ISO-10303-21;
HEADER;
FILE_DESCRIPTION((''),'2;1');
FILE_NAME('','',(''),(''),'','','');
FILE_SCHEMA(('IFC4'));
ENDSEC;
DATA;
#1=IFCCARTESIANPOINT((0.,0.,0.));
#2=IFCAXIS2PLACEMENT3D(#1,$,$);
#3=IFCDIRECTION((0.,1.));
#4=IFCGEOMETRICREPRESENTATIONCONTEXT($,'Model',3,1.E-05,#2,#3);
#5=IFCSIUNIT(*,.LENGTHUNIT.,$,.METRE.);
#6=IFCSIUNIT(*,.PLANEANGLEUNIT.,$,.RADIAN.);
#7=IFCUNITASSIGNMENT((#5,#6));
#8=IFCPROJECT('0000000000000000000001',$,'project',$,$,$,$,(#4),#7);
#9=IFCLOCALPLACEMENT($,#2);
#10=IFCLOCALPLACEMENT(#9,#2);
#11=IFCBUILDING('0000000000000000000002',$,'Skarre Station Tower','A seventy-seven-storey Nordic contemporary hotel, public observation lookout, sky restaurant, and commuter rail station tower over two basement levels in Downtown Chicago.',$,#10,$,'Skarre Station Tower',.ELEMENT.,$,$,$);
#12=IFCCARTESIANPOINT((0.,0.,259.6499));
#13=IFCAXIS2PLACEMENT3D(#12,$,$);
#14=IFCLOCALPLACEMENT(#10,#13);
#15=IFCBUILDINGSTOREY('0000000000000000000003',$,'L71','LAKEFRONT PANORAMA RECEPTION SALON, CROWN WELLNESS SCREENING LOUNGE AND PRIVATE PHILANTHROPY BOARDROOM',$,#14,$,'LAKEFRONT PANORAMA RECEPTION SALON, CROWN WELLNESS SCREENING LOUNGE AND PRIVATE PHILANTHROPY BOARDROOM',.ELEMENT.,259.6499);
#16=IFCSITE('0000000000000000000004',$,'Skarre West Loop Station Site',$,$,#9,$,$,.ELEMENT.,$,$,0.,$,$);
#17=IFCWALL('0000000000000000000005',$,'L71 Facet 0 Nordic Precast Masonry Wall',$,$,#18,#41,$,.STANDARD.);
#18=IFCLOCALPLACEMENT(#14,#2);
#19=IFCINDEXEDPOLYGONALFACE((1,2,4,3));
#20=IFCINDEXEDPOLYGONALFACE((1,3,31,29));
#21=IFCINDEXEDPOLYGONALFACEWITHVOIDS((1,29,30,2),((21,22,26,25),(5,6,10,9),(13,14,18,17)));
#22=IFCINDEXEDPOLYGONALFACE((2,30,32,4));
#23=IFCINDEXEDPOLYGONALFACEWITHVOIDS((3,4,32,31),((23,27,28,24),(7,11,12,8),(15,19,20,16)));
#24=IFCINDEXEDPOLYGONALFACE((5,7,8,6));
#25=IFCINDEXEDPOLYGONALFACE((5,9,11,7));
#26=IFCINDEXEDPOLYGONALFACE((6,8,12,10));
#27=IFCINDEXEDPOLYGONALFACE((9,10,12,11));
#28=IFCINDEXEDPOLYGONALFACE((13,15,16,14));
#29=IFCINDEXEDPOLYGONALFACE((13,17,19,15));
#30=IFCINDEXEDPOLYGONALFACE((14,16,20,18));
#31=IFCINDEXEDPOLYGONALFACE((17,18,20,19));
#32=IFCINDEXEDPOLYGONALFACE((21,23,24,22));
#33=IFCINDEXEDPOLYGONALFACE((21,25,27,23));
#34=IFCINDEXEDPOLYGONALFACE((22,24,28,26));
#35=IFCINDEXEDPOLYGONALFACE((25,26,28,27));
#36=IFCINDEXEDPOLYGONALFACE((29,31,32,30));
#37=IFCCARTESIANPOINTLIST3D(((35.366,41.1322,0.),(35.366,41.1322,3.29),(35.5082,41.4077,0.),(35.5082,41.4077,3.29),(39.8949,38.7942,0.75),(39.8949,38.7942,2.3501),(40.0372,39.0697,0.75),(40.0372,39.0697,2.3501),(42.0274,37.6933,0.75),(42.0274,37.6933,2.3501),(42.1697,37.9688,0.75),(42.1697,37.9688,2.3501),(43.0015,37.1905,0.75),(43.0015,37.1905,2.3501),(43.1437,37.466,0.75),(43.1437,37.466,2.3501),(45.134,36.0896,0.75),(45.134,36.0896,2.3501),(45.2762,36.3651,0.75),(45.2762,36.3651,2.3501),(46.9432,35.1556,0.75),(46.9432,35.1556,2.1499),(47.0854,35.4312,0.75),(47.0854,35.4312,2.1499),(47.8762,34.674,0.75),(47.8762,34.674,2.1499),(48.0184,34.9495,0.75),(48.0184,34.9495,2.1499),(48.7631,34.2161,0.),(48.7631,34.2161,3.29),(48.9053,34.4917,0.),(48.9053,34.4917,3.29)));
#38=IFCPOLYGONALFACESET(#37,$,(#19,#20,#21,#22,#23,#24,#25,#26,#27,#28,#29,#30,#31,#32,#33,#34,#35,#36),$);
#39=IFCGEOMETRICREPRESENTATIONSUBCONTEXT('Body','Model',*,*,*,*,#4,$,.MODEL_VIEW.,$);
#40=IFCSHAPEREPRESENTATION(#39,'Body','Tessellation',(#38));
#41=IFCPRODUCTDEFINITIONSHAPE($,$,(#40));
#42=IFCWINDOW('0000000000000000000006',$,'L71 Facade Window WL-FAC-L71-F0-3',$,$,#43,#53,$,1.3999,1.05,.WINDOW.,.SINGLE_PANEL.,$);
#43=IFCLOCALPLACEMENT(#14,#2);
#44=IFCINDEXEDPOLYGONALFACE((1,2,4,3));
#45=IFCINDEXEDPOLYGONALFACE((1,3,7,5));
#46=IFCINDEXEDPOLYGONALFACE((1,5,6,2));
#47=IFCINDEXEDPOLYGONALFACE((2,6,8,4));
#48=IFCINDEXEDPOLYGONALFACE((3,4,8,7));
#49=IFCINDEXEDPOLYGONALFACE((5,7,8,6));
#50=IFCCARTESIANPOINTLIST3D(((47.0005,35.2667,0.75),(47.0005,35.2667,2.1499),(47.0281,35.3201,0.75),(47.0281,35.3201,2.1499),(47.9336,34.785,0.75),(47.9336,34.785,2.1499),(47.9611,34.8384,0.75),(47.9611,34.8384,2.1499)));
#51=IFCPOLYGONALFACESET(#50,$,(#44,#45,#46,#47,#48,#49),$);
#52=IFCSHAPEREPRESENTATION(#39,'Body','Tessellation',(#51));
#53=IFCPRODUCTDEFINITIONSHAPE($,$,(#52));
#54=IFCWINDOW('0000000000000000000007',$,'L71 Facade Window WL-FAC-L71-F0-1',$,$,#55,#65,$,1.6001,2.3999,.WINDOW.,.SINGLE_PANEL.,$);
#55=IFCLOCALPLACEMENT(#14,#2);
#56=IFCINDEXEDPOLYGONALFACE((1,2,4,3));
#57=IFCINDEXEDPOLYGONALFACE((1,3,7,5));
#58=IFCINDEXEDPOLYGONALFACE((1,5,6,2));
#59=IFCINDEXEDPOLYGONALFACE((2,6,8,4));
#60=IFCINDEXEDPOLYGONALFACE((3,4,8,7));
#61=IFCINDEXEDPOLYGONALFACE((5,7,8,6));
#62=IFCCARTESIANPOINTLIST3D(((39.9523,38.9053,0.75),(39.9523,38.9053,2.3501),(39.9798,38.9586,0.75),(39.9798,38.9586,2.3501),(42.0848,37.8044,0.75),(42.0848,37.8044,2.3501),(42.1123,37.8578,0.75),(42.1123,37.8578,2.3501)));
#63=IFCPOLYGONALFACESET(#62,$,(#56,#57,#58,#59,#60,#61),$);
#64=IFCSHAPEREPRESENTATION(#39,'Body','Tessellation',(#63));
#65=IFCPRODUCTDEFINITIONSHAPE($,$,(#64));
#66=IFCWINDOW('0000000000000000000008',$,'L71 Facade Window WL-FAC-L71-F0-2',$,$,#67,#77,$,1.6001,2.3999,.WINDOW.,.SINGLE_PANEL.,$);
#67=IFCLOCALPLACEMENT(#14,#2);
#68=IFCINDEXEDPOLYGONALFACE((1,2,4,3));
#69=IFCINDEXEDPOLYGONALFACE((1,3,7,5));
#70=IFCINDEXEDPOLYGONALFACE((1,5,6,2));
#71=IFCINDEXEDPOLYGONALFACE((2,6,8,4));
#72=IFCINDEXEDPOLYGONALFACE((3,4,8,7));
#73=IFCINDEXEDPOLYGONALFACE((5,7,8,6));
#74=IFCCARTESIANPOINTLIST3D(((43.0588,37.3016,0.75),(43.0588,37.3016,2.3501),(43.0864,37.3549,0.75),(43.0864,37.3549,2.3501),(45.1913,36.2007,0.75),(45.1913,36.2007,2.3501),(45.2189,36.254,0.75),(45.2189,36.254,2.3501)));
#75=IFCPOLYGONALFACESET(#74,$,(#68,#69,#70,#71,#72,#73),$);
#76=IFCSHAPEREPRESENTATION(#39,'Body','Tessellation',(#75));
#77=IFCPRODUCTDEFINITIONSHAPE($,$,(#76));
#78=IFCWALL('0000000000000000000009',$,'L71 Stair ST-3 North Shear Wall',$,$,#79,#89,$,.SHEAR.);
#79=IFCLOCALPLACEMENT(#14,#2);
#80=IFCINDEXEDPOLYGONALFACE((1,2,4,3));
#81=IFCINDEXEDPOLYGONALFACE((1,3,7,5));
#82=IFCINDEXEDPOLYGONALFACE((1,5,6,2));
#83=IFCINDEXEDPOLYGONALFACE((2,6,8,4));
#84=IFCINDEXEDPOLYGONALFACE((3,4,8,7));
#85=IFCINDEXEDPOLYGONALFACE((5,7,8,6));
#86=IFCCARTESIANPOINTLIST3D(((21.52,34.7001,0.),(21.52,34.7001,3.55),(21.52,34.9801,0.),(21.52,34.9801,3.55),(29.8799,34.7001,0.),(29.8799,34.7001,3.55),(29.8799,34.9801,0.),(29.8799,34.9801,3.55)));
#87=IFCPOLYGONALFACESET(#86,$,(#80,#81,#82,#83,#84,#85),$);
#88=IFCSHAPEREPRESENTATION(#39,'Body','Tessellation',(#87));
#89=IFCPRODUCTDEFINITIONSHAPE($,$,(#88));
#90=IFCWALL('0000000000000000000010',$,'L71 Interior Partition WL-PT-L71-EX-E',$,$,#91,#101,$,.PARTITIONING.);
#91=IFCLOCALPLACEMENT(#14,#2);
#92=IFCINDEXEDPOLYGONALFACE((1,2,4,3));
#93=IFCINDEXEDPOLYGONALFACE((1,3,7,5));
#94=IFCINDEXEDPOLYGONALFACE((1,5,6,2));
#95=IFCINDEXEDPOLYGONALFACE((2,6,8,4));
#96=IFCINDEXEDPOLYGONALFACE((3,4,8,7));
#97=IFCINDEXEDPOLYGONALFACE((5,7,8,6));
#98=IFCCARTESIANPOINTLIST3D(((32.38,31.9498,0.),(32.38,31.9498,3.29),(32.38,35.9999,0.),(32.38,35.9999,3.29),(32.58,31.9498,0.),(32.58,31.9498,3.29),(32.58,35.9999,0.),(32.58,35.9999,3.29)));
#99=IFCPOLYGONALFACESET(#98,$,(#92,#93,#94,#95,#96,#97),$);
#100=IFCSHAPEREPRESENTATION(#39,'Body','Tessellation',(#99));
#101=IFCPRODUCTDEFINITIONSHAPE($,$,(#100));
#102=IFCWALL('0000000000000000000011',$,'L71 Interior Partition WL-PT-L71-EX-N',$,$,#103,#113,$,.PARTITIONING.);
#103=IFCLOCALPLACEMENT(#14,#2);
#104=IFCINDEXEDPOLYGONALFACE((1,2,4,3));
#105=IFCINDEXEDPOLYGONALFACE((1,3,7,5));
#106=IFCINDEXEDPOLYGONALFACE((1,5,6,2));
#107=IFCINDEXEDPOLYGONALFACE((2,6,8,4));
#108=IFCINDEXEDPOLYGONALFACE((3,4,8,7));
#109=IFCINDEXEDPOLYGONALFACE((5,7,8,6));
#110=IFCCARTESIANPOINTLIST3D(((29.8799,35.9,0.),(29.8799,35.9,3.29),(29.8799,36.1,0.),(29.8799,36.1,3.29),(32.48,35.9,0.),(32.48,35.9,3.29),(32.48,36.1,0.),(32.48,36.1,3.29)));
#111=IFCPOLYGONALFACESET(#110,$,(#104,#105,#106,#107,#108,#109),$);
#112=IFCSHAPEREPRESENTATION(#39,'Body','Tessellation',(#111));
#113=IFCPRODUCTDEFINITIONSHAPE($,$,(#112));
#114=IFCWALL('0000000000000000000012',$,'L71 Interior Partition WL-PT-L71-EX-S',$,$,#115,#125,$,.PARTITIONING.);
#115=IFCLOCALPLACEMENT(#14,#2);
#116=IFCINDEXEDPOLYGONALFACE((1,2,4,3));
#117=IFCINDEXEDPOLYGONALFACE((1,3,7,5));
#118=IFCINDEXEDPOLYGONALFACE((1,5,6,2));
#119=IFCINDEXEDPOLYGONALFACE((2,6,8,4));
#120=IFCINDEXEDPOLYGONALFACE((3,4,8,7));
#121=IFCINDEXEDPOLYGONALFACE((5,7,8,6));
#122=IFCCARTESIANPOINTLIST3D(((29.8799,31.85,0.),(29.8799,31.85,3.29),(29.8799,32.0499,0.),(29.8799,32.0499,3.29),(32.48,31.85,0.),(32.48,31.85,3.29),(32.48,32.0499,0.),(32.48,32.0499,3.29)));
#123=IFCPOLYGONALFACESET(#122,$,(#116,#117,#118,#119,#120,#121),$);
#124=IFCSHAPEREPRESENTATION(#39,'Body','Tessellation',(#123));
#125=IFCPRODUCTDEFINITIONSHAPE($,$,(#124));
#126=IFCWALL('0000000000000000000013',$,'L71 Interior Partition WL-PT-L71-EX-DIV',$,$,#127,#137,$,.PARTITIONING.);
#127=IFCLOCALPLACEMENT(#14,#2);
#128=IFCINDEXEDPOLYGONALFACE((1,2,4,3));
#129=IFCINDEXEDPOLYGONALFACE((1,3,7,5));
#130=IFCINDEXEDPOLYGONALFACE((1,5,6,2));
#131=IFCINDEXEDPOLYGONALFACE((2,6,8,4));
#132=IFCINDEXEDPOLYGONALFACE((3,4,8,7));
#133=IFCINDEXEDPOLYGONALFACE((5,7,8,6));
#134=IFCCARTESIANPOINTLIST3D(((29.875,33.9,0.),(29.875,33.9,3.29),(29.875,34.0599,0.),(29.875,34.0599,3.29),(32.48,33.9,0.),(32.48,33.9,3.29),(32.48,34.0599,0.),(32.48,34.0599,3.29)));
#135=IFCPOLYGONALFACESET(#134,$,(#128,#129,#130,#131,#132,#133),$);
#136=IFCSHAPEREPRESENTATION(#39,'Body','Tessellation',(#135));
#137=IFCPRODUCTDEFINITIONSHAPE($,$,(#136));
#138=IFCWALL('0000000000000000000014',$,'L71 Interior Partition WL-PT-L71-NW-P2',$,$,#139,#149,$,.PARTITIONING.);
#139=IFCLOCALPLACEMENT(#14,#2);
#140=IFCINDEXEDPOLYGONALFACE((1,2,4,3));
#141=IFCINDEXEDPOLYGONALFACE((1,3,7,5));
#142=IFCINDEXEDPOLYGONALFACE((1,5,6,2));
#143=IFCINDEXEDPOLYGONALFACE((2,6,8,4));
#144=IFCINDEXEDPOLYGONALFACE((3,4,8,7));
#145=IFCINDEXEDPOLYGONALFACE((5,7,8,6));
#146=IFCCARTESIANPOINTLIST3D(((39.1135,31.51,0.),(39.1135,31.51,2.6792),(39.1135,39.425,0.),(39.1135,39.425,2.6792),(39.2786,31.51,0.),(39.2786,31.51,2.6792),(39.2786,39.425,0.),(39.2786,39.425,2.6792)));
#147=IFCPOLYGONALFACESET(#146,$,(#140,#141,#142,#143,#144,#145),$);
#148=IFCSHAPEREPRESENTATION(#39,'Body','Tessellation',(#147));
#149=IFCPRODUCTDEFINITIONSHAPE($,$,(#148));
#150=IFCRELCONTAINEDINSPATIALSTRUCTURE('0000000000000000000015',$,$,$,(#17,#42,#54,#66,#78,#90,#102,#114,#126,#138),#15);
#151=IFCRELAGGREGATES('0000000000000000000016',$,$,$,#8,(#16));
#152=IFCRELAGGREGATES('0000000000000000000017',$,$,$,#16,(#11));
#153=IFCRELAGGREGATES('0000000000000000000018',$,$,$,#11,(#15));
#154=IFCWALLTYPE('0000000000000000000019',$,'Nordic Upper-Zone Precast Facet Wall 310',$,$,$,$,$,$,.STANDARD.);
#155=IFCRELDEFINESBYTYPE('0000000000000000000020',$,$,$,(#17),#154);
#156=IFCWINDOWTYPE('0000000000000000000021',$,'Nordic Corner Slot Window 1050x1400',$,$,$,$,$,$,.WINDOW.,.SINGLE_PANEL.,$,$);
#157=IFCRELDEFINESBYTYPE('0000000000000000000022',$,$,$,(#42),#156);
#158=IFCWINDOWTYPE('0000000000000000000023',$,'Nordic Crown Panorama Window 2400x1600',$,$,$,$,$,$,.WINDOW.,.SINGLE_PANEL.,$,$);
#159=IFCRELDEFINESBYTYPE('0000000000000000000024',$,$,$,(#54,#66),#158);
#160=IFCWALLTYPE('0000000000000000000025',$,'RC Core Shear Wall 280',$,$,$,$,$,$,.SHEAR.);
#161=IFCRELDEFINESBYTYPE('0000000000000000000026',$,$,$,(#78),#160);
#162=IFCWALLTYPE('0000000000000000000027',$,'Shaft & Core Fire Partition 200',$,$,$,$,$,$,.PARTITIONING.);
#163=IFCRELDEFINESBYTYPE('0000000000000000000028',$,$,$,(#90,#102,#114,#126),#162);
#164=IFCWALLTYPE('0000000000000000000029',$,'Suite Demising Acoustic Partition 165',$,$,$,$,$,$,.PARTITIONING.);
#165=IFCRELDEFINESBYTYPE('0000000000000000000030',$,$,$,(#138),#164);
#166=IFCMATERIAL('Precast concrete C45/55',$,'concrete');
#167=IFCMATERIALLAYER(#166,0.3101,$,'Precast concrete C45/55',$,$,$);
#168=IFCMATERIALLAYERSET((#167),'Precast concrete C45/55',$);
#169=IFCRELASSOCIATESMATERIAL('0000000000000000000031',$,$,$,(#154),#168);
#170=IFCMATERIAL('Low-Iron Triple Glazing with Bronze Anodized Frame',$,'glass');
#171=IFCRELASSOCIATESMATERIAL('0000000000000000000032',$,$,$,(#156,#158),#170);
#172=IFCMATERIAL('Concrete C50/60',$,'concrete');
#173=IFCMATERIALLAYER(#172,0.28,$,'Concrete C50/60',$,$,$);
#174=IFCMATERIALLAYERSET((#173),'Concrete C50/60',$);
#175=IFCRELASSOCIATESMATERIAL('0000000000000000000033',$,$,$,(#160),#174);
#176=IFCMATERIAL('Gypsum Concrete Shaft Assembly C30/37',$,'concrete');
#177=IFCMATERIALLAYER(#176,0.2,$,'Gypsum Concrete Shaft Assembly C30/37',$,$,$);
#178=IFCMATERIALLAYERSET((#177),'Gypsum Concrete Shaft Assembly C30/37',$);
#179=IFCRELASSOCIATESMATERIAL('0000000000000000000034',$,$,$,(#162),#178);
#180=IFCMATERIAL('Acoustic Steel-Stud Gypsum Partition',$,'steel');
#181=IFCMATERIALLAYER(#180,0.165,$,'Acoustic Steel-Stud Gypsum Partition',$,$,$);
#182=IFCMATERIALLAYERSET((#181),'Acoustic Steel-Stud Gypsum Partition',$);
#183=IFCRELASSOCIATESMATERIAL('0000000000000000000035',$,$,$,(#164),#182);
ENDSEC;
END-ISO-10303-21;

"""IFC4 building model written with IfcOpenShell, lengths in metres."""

from ifc_helpers import new_model, si_unit, direction, frame, frame_2d, origin, place, context, subcontext, project, spatial, rectangle, extrude, material, layer, layer_set, type_object, element, fill, save


model = new_model("IFC4")

# Units and contexts
model_context = context("Model", 3, precision=1e-05, world=origin(), true_north=direction((0.0, 1.0)))
body_context = subcontext(model_context, "Body", "Model", "MODEL_VIEW")
ifc_project = project(units=[si_unit("LENGTHUNIT", "METRE"), si_unit("PLANEANGLEUNIT", "RADIAN")], contexts=[model_context])

# Site, building, storey
site_placement = place(None, origin())
site = spatial("IfcSite", under=ifc_project, at=site_placement, Name="Skarre West Loop Station Site", CompositionType="ELEMENT", RefElevation=0.0)
building_placement = place(site_placement, origin())
building = spatial("IfcBuilding", under=site, at=building_placement, Name="Skarre Station Tower", Description="A seventy-seven-storey Nordic contemporary hotel, public observation lookout, sky restaurant, and commuter rail station tower over two basement levels in Downtown Chicago.", LongName="Skarre Station Tower", CompositionType="ELEMENT")
storey_placement = place(building_placement, frame((0.0, 0.0, 259.6499)))
storey = spatial("IfcBuildingStorey", under=building, at=storey_placement, Name="L71", Description="LAKEFRONT PANORAMA RECEPTION SALON, CROWN WELLNESS SCREENING LOUNGE AND PRIVATE PHILANTHROPY BOARDROOM", LongName="LAKEFRONT PANORAMA RECEPTION SALON, CROWN WELLNESS SCREENING LOUNGE AND PRIVATE PHILANTHROPY BOARDROOM", CompositionType="ELEMENT", Elevation=259.6499)

# Shared definitions
ifc_material_1 = material(Name="Concrete C50/60", Category="concrete")

# Shared definitions
ifc_material_2 = material(Name="Acoustic Steel-Stud Gypsum Partition", Category="steel")

# Shared definitions
ifc_material_3 = material(Name="Precast concrete C45/55", Category="concrete")

# Wall, openings, windows
ifc_layer_1 = layer(ifc_material_3, 0.3101, Name="Precast concrete C45/55")
ifc_layer_set_1 = layer_set([ifc_layer_1], Name="Precast concrete C45/55")
wall_type_1 = type_object("IfcWallType", Name="Nordic Upper-Zone Precast Facet Wall 310", PredefinedType="STANDARD", material=ifc_layer_set_1)
wall_1_placement = place(storey_placement, frame((35.437, 41.27, 0.0), z_axis=(0.0, 0.0, 1.0), x_axis=(0.888581, -0.458719, 0.0)))
wall_1 = element("IfcWall", 1, at=wall_1_placement, inside=storey, type_object=wall_type_1, Name="L71 Facet 0 Nordic Precast Masonry Wall", PredefinedType="STANDARD", context=body_context, shape_type="SweptSolid", body=[
    extrude(rectangle(XDim=15.0769, YDim=0.3101, at=frame_2d((7.5386, 0.0))), origin(), (0.0, 0.0, 1.0), 3.29),
])
opening_1_placement = place(wall_1_placement, frame((5.0969, 0.0, 0.75)))
opening_1 = element("IfcOpeningElement", 2, at=opening_1_placement, cuts=wall_1, PredefinedType="OPENING", context=body_context, shape_type="SweptSolid", body=[
    extrude(rectangle(XDim=2.3999, YDim=1.6001, at=frame_2d((1.2, 0.8))), frame((0.0, 0.165, 0.0), z_axis=(0.0, -1.0, 0.0), x_axis=(1.0, 0.0, 0.0)), (0.0, 0.0, 1.0), 0.3301),
])
opening_2_placement = place(wall_1_placement, frame((8.593, 0.0, 0.75)))
opening_2 = element("IfcOpeningElement", 3, at=opening_2_placement, cuts=wall_1, PredefinedType="OPENING", context=body_context, shape_type="SweptSolid", body=[
    extrude(rectangle(XDim=2.3999, YDim=1.6001, at=frame_2d((1.2, 0.8))), frame((0.0, 0.165, 0.0), z_axis=(0.0, -1.0, 0.0), x_axis=(1.0, 0.0, 0.0)), (0.0, 0.0, 1.0), 0.3301),
])
opening_3_placement = place(wall_1_placement, frame((13.0291, 0.0, 0.75)))
opening_3 = element("IfcOpeningElement", 4, at=opening_3_placement, cuts=wall_1, PredefinedType="OPENING", context=body_context, shape_type="SweptSolid", body=[
    extrude(rectangle(XDim=1.05, YDim=1.3999, at=frame_2d((0.5249, 0.7))), frame((0.0, 0.165, 0.0), z_axis=(0.0, -1.0, 0.0), x_axis=(1.0, 0.0, 0.0)), (0.0, 0.0, 1.0), 0.3301),
])
ifc_material_4 = material(Name="Low-Iron Triple Glazing with Bronze Anodized Frame", Category="glass")
window_type_1 = type_object("IfcWindowType", Name="Nordic Corner Slot Window 1050x1400", PartitioningType="SINGLE_PANEL", PredefinedType="WINDOW", material=ifc_material_4)
window_1_placement = place(opening_3_placement, origin())
window_1 = element("IfcWindow", 5, at=window_1_placement, inside=storey, type_object=window_type_1, Name="L71 Facade Window WL-FAC-L71-F0-3", OverallHeight=1.3999, OverallWidth=1.05, PartitioningType="SINGLE_PANEL", PredefinedType="WINDOW", context=body_context, shape_type="SweptSolid", body=[
    extrude(rectangle(XDim=1.05, YDim=1.3999, at=frame_2d((0.5249, 0.7))), frame((0.0, 0.03, 0.0), z_axis=(0.0, -1.0, 0.0), x_axis=(1.0, 0.0, 0.0)), (0.0, 0.0, 1.0), 0.0601),
])
fill(opening_3, window_1)
window_type_2 = type_object("IfcWindowType", Name="Nordic Crown Panorama Window 2400x1600", PartitioningType="SINGLE_PANEL", PredefinedType="WINDOW", material=ifc_material_4)
window_2_placement = place(opening_1_placement, origin())
window_2 = element("IfcWindow", 6, at=window_2_placement, inside=storey, type_object=window_type_2, Name="L71 Facade Window WL-FAC-L71-F0-1", OverallHeight=1.6001, OverallWidth=2.3999, PartitioningType="SINGLE_PANEL", PredefinedType="WINDOW", context=body_context, shape_type="SweptSolid", body=[
    extrude(rectangle(XDim=2.3999, YDim=1.6001, at=frame_2d((1.2, 0.8))), frame((0.0, 0.03, 0.0), z_axis=(0.0, -1.0, 0.0), x_axis=(1.0, 0.0, 0.0)), (0.0, 0.0, 1.0), 0.0601),
])
fill(opening_1, window_2)
window_3_placement = place(opening_2_placement, origin())
window_3 = element("IfcWindow", 7, at=window_3_placement, inside=storey, type_object=window_type_2, Name="L71 Facade Window WL-FAC-L71-F0-2", OverallHeight=1.6001, OverallWidth=2.3999, PartitioningType="SINGLE_PANEL", PredefinedType="WINDOW", context=body_context, shape_type="SweptSolid", body=[
    extrude(rectangle(XDim=2.3999, YDim=1.6001, at=frame_2d((1.2, 0.8))), frame((0.0, 0.03, 0.0), z_axis=(0.0, -1.0, 0.0), x_axis=(1.0, 0.0, 0.0)), (0.0, 0.0, 1.0), 0.0601),
])
fill(opening_2, window_3)

# Walls
ifc_layer_2 = layer(ifc_material_1, 0.28, Name="Concrete C50/60")
ifc_layer_set_2 = layer_set([ifc_layer_2], Name="Concrete C50/60")
wall_type_2 = type_object("IfcWallType", Name="RC Core Shear Wall 280", PredefinedType="SHEAR", material=ifc_layer_set_2)
wall_2_placement = place(storey_placement, frame((29.8799, 34.8401, 0.0), z_axis=(0.0, 0.0, 1.0), x_axis=(-1.0, 0.0, 0.0)))
element("IfcWall", 8, at=wall_2_placement, inside=storey, type_object=wall_type_2, Name="L71 Stair ST-3 North Shear Wall", PredefinedType="SHEAR", context=body_context, shape_type="SweptSolid", body=[
    extrude(rectangle(XDim=8.3599, YDim=0.28, at=frame_2d((4.1799, 0.0))), origin(), (0.0, 0.0, 1.0), 3.55),
])
ifc_material_5 = material(Name="Gypsum Concrete Shaft Assembly C30/37", Category="concrete")
ifc_layer_3 = layer(ifc_material_5, 0.2, Name="Gypsum Concrete Shaft Assembly C30/37")
ifc_layer_set_3 = layer_set([ifc_layer_3], Name="Gypsum Concrete Shaft Assembly C30/37")
wall_type_3 = type_object("IfcWallType", Name="Shaft & Core Fire Partition 200", PredefinedType="PARTITIONING", material=ifc_layer_set_3)
wall_3_placement = place(storey_placement, frame((32.48, 31.95, 0.0), z_axis=(0.0, 0.0, 1.0), x_axis=(0.0, 1.0, 0.0)))
element("IfcWall", 9, at=wall_3_placement, inside=storey, type_object=wall_type_3, Name="L71 Interior Partition WL-PT-L71-EX-E", PredefinedType="PARTITIONING", context=body_context, shape_type="SweptSolid", body=[
    extrude(rectangle(XDim=4.05, YDim=0.2, at=frame_2d((2.0249, 0.0))), origin(), (0.0, 0.0, 1.0), 3.29),
])
for number, where, z_axis, x_axis, name in (
    (10, (29.8799, 36.0, 0.0), (0.0, 0.0, 1.0), (1.0, 0.0, 0.0), "L71 Interior Partition WL-PT-L71-EX-N"),
    (11, (32.48, 31.95, 0.0), (0.0, 0.0, 1.0), (-1.0, 0.0, 0.0), "L71 Interior Partition WL-PT-L71-EX-S"),
):
    element("IfcWall", number, at=place(storey_placement, frame(where, z_axis=z_axis, x_axis=x_axis)), inside=storey, type_object=wall_type_3, Name=name, PredefinedType="PARTITIONING", context=body_context, shape_type="SweptSolid", body=[
        extrude(rectangle(XDim=2.6001, YDim=0.2, at=frame_2d((1.3, 0.0))), origin(), (0.0, 0.0, 1.0), 3.29),
    ])
wall_4_placement = place(storey_placement, frame((29.875, 33.98, 0.0), z_axis=(0.0, 0.0, 1.0), x_axis=(1.0, 0.0, 0.0)))
element("IfcWall", 12, at=wall_4_placement, inside=storey, type_object=wall_type_3, Name="L71 Interior Partition WL-PT-L71-EX-DIV", PredefinedType="PARTITIONING", context=body_context, shape_type="SweptSolid", body=[
    extrude(rectangle(XDim=2.605, YDim=0.1599, at=frame_2d((1.3025, 0.0))), origin(), (0.0, 0.0, 1.0), 3.29),
])
ifc_layer_4 = layer(ifc_material_2, 0.165, Name="Acoustic Steel-Stud Gypsum Partition")
ifc_layer_set_4 = layer_set([ifc_layer_4], Name="Acoustic Steel-Stud Gypsum Partition")
wall_type_4 = type_object("IfcWallType", Name="Suite Demising Acoustic Partition 165", PredefinedType="PARTITIONING", material=ifc_layer_set_4)
wall_5_placement = place(storey_placement, frame((39.196, 31.51, 0.0), z_axis=(0.0, 0.0, 1.0), x_axis=(0.0, 1.0, 0.0)))
element("IfcWall", 13, at=wall_5_placement, inside=storey, type_object=wall_type_4, Name="L71 Interior Partition WL-PT-L71-NW-P2", PredefinedType="PARTITIONING", context=body_context, shape_type="SweptSolid", body=[
    extrude(rectangle(XDim=7.915, YDim=0.165, at=frame_2d((3.9575, 0.0))), origin(), (0.0, 0.0, 1.0), 2.6792),
])

save(model, "model.ifc")
